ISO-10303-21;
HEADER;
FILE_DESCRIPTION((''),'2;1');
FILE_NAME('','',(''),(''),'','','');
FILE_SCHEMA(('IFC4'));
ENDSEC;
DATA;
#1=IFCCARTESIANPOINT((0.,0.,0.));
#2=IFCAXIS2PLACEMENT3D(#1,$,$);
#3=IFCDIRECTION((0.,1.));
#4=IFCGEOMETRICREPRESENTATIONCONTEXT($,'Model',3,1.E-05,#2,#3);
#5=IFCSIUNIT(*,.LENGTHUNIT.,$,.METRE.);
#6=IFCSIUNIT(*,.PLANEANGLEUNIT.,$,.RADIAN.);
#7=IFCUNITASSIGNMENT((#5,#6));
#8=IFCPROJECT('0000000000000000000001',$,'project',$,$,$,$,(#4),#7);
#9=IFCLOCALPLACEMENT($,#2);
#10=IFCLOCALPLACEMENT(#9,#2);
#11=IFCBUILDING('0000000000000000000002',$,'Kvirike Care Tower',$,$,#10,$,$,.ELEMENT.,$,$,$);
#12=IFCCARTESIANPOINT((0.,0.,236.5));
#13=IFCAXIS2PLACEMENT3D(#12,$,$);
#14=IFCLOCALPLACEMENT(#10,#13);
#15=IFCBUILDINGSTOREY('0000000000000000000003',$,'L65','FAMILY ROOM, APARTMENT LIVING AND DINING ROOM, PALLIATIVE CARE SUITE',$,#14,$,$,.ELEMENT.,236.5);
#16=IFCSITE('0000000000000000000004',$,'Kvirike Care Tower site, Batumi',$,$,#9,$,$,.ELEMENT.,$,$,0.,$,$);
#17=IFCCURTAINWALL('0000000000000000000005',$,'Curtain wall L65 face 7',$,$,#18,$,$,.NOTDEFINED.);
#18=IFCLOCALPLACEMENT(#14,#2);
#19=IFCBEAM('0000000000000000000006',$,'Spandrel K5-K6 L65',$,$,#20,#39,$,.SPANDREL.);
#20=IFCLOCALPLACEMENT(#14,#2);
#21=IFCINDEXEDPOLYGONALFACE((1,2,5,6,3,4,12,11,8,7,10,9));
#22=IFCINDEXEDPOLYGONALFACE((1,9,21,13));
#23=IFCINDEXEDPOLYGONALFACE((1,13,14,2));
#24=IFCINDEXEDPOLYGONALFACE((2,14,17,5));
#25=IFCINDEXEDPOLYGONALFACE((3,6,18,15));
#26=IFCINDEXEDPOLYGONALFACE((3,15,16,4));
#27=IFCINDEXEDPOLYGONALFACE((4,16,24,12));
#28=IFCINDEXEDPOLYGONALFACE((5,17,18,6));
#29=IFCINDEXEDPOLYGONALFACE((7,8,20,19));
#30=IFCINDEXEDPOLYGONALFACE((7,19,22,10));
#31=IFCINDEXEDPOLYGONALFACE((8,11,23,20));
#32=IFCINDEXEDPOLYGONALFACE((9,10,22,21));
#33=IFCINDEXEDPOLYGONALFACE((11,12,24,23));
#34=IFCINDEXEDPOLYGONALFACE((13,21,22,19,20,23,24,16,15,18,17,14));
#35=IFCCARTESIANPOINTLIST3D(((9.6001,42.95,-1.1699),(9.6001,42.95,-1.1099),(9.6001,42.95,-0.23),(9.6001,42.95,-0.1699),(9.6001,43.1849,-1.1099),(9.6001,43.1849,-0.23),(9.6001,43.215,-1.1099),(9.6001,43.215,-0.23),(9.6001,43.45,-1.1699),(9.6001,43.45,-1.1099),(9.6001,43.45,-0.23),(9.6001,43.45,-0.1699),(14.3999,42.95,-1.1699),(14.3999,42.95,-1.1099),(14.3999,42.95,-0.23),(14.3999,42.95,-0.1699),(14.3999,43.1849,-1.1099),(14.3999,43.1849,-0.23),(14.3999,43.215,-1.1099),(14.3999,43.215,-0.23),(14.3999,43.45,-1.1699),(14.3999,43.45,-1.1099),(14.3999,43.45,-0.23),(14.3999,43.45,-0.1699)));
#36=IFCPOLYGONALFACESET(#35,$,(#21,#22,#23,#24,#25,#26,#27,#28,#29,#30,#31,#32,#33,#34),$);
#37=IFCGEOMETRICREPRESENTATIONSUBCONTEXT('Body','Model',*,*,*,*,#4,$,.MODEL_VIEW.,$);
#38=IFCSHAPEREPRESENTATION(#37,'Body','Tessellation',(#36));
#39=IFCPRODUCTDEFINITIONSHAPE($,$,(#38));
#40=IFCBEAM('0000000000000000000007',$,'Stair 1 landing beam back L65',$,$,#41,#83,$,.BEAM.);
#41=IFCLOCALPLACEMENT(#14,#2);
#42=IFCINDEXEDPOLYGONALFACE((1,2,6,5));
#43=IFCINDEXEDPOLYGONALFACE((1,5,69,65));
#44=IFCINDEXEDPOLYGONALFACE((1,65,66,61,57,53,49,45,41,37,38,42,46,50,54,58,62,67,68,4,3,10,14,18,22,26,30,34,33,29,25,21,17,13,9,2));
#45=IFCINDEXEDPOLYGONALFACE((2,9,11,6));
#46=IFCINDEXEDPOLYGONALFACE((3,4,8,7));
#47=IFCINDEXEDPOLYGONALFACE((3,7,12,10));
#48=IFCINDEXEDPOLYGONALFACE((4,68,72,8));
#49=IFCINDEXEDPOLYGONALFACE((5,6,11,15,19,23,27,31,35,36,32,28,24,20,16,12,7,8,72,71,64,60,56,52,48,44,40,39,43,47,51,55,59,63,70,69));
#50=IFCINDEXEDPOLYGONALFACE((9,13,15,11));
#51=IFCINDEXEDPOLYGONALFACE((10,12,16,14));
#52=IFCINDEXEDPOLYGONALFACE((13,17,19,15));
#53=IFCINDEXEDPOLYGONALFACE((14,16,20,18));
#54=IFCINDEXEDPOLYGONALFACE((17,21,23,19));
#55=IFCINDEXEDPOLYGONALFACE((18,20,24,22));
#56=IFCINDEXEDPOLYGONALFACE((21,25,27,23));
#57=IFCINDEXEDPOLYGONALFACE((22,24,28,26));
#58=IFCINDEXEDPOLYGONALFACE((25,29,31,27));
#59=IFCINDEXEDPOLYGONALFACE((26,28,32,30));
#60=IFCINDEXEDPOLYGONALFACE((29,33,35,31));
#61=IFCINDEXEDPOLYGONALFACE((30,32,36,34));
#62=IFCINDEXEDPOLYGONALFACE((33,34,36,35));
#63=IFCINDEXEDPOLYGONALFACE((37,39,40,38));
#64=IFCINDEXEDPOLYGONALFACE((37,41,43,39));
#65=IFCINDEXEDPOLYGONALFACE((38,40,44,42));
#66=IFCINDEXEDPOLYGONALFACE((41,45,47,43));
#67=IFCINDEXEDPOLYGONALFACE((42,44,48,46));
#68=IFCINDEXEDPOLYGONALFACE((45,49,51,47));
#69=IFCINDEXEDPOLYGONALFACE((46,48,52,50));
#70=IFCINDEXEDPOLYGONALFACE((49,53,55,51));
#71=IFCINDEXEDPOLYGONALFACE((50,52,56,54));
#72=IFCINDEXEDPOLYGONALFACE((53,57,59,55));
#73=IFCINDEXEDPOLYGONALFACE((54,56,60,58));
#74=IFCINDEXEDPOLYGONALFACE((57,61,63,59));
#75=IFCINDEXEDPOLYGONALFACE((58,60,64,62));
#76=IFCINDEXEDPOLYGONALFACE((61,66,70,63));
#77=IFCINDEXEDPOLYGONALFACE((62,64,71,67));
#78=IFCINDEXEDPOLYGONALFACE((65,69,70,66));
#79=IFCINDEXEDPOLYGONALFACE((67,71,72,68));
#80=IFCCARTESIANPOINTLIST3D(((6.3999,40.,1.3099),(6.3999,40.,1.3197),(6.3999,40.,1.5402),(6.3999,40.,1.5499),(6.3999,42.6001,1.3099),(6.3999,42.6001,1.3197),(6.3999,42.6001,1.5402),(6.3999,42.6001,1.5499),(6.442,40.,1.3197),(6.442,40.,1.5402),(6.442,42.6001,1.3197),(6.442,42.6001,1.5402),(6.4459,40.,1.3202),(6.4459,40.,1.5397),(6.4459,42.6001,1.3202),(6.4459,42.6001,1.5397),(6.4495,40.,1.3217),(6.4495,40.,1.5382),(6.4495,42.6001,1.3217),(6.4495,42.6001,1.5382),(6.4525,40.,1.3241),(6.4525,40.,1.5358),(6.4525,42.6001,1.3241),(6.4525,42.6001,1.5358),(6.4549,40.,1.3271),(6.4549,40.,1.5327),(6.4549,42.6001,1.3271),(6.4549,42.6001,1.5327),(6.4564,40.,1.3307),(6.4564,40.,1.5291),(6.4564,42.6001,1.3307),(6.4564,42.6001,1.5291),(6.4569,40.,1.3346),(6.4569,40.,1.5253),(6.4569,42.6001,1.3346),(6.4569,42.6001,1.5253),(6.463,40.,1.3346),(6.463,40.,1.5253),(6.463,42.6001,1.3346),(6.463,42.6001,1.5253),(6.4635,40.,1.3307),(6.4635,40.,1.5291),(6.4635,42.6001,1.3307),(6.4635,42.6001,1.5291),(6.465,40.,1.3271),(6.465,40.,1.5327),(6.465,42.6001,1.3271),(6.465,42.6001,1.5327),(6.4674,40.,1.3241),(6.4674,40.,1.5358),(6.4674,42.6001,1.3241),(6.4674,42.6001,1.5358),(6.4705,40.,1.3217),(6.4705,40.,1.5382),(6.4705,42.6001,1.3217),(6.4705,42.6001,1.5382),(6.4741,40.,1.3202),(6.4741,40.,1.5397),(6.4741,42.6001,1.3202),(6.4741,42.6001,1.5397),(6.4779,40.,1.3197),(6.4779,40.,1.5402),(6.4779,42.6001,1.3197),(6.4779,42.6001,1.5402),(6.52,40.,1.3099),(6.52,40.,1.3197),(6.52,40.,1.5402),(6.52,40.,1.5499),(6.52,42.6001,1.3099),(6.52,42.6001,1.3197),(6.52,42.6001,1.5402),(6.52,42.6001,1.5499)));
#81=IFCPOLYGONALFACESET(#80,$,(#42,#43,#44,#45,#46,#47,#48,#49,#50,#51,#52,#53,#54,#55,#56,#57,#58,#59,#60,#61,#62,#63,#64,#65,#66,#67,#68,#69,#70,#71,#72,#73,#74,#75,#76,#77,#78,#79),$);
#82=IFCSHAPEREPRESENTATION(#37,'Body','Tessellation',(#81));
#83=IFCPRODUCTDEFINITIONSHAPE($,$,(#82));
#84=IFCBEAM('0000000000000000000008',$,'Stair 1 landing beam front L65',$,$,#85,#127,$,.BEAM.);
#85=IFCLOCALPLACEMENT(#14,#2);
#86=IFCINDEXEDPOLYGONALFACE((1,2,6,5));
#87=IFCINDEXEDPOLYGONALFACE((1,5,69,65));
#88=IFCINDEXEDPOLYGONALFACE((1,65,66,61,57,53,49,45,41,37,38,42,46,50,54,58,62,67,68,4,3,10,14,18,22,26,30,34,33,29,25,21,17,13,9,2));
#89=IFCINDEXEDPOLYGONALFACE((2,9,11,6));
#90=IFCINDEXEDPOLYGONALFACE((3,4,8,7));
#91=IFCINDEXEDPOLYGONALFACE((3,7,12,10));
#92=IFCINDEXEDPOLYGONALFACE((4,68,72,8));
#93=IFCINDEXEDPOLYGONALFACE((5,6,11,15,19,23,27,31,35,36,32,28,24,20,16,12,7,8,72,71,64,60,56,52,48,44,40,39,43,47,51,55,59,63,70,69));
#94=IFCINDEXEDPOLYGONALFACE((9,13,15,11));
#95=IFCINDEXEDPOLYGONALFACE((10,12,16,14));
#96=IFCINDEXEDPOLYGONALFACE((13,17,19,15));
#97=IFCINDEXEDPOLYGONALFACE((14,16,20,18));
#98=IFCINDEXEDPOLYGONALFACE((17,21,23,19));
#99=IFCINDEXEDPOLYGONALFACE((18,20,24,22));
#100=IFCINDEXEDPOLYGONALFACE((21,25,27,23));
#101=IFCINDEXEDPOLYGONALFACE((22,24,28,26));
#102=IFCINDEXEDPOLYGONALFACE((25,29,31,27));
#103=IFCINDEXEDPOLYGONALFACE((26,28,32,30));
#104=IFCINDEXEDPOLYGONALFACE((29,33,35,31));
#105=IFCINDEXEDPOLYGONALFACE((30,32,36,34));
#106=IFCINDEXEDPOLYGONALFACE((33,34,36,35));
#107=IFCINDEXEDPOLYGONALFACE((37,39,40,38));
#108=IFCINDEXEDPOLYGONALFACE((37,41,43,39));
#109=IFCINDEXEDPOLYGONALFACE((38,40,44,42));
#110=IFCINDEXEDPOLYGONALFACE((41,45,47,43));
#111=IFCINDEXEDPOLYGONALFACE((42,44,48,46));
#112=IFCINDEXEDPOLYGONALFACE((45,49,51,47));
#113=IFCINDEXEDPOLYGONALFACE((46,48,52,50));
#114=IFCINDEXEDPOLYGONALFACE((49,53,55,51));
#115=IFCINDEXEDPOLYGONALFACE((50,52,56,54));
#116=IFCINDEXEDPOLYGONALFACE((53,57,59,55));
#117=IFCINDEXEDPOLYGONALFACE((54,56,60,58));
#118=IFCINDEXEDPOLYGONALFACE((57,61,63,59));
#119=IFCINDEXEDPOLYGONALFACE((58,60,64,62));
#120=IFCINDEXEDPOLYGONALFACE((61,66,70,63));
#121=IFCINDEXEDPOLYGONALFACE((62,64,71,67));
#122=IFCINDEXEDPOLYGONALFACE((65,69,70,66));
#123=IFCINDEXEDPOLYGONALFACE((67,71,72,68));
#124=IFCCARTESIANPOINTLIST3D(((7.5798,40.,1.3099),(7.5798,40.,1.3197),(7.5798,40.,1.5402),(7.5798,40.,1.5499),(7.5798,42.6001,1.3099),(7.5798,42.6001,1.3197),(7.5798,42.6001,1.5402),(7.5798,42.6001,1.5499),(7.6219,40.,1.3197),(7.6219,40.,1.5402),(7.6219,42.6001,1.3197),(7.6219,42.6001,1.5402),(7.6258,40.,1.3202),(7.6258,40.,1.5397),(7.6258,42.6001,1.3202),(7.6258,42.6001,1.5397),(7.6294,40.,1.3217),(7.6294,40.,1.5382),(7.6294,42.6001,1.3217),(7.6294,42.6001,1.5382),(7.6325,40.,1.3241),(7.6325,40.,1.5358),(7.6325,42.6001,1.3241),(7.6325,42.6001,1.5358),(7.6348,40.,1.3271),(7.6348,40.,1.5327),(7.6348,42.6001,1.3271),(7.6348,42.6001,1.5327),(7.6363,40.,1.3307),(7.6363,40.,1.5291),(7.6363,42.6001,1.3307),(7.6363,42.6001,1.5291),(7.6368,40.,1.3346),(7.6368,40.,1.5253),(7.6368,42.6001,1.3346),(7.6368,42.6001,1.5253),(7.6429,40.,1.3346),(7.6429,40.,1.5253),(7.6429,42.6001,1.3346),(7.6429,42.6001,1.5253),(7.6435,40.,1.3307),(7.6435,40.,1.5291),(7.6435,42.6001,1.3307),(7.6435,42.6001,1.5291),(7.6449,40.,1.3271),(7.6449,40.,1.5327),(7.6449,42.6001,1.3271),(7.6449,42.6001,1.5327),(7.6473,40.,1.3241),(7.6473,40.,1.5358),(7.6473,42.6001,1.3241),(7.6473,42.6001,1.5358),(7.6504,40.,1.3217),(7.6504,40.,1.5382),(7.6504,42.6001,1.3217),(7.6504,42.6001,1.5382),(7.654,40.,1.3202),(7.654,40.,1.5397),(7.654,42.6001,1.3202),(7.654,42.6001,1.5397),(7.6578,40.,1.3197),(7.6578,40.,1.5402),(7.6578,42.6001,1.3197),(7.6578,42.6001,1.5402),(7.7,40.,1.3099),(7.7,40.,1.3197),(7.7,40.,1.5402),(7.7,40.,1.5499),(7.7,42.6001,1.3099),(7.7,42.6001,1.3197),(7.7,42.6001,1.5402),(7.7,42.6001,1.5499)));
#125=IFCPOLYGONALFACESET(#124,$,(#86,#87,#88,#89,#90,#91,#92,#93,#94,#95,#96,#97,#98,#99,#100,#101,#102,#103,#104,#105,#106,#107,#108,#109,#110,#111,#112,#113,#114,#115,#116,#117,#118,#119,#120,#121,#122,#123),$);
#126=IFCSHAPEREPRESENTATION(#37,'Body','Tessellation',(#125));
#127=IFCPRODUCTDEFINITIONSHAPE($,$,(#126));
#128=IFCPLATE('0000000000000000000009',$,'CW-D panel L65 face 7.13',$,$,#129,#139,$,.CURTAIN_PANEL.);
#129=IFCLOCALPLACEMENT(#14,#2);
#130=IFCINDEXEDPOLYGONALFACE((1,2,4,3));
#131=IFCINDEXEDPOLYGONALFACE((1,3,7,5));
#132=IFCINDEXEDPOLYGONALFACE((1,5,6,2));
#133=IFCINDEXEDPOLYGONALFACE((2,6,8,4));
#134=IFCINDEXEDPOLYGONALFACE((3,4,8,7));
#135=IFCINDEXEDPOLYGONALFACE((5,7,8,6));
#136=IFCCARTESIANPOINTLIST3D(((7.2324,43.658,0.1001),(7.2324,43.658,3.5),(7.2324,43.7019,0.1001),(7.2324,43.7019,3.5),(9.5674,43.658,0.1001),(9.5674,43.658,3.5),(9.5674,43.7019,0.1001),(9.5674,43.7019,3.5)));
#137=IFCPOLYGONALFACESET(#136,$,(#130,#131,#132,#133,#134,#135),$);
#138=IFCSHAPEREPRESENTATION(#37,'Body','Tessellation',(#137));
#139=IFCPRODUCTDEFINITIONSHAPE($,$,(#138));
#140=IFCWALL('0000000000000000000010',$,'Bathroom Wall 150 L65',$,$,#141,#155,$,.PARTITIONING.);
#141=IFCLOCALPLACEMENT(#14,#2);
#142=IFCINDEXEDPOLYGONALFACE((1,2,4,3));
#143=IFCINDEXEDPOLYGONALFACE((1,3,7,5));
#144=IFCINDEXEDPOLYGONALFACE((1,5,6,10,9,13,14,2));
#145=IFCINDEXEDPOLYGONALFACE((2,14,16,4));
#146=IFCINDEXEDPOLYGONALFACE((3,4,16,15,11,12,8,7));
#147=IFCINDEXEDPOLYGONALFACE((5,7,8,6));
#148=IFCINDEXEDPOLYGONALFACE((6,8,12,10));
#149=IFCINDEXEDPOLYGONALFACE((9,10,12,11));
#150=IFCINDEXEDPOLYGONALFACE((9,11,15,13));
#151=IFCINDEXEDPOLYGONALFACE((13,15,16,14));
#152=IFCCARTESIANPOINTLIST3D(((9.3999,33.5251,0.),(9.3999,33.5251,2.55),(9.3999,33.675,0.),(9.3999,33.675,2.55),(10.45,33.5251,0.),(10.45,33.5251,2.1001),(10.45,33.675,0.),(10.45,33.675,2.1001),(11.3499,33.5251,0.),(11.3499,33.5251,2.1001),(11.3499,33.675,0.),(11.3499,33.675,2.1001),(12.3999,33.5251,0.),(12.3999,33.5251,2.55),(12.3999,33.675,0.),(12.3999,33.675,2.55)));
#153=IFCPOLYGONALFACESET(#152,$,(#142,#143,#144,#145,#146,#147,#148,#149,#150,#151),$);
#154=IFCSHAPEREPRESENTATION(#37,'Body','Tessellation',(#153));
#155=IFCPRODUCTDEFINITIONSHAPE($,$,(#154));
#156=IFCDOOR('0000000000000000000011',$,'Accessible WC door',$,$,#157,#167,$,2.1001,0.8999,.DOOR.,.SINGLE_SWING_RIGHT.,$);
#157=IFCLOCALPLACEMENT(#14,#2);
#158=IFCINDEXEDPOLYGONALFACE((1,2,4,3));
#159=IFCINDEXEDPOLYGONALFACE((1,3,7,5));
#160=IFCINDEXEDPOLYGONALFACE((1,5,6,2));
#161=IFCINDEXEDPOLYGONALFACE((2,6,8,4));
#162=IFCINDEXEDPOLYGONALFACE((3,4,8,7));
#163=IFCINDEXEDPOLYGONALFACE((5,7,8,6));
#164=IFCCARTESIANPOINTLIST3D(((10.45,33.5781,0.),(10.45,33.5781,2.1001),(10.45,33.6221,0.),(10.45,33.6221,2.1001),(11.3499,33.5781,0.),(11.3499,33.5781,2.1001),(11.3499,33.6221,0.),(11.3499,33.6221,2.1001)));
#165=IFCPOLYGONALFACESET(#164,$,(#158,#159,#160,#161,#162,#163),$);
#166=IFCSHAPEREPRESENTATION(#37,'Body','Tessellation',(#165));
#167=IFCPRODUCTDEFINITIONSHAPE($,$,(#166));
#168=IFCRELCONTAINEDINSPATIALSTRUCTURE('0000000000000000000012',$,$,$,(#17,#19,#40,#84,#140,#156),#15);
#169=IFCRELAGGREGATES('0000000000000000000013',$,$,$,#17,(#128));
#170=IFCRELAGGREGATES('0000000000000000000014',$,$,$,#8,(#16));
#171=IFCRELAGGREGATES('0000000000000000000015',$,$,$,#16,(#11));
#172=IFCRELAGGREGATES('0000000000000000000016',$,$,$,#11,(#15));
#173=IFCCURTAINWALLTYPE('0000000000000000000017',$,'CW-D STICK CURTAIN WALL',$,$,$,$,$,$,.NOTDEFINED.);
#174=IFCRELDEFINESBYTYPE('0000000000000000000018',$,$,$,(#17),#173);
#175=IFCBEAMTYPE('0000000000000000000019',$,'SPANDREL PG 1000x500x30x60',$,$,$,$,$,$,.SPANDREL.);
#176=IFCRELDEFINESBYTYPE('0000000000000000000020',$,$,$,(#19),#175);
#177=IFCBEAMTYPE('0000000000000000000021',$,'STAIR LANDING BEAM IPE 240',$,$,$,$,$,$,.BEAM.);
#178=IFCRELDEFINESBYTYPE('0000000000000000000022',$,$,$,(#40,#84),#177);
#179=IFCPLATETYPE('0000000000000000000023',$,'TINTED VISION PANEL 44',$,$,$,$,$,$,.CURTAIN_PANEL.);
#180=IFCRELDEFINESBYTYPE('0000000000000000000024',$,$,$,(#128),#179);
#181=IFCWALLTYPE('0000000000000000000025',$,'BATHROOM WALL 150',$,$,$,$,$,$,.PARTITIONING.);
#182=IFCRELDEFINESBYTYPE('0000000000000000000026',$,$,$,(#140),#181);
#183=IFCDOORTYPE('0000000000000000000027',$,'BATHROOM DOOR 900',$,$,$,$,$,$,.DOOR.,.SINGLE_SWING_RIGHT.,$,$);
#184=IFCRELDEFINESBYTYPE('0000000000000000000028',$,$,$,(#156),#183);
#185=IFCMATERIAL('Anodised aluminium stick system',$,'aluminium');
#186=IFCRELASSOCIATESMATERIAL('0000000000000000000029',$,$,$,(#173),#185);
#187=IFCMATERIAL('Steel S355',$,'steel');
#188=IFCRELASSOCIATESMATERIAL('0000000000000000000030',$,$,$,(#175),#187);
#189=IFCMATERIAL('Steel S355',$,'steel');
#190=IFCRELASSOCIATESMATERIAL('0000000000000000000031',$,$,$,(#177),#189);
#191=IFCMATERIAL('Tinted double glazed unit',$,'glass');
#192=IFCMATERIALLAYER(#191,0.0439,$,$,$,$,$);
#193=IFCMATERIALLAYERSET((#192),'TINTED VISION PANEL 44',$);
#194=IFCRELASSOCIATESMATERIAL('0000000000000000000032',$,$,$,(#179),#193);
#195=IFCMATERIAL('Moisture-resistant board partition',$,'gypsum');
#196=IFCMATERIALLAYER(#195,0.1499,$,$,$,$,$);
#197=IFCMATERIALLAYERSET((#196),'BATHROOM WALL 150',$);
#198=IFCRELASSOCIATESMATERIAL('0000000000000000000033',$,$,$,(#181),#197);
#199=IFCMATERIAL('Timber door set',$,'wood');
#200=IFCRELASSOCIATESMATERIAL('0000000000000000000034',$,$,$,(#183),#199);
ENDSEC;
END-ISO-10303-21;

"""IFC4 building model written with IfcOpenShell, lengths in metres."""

from ifc_helpers import new_model, si_unit, direction, frame, frame_2d, origin, origin_2d, place, context, subcontext, project, spatial, rectangle, i_section, extrude, material, layer, layer_set, material_profile, profile_set, type_object, element, fill, aggregate, save


model = new_model("IFC4")

# Units and contexts
model_context = context("Model", 3, precision=1e-05, world=origin(), true_north=direction((0.0, 1.0)))
body_context = subcontext(model_context, "Body", "Model", "MODEL_VIEW")
ifc_project = project(units=[si_unit("LENGTHUNIT", "METRE"), si_unit("PLANEANGLEUNIT", "RADIAN")], contexts=[model_context])

# Site, building, storey
site_placement = place(None, origin())
site = spatial("IfcSite", under=ifc_project, at=site_placement, Name="Kvirike Care Tower site, Batumi", CompositionType="ELEMENT", RefElevation=0.0)
building_placement = place(site_placement, origin())
building = spatial("IfcBuilding", under=site, at=building_placement, Name="Kvirike Care Tower", CompositionType="ELEMENT")
storey_placement = place(building_placement, frame((0.0, 0.0, 236.5)))
storey = spatial("IfcBuildingStorey", under=building, at=storey_placement, Name="L65", Description="FAMILY ROOM, APARTMENT LIVING AND DINING ROOM, PALLIATIVE CARE SUITE", CompositionType="ELEMENT", Elevation=236.5)

# Curtain wall
ifc_material_1 = material(Name="Anodised aluminium stick system", Category="aluminium")
curtain_wall_type = type_object("IfcCurtainWallType", Name="CW-D STICK CURTAIN WALL", PredefinedType="NOTDEFINED", material=ifc_material_1)
curtain_wall_placement = place(storey_placement, origin())
curtain_wall = element("IfcCurtainWall", 1, at=curtain_wall_placement, inside=storey, type_object=curtain_wall_type, Name="Curtain wall L65 face 7", PredefinedType="NOTDEFINED")

# Beams
ifc_material_2 = material(Name="Steel S355", Category="steel")
ifc_material_profile_1 = material_profile(ifc_material_2, i_section(OverallWidth=0.5, OverallDepth=1.0, WebThickness=0.03, FlangeThickness=0.0601, at=origin_2d()), Name="PG 1000x500x30x60")
ifc_profile_set_1 = profile_set([ifc_material_profile_1], Name="Steel S355")
beam_type_1 = type_object("IfcBeamType", Name="SPANDREL PG 1000x500x30x60", PredefinedType="SPANDREL", material=ifc_profile_set_1)
beam_placement = place(storey_placement, frame((9.6001, 43.2, -0.6699), z_axis=(1.0, 0.0, 0.0), x_axis=(0.0, 1.0, 0.0)))
element("IfcBeam", 2, at=beam_placement, inside=storey, type_object=beam_type_1, Name="Spandrel K5-K6 L65", PredefinedType="SPANDREL", context=body_context, shape_type="SweptSolid", body=[
    extrude(i_section(OverallWidth=0.5, OverallDepth=1.0, WebThickness=0.03, FlangeThickness=0.0601, at=origin_2d()), origin(), (0.0, 0.0, 1.0), 4.7998),
])
ifc_material_3 = material(Name="Steel S355", Category="steel")
ifc_material_profile_2 = material_profile(ifc_material_3, i_section(OverallWidth=0.1201, OverallDepth=0.24, WebThickness=0.0061, FlangeThickness=0.0098, FilletRadius=0.0149, at=origin_2d()), Name="IPE 240")
ifc_profile_set_2 = profile_set([ifc_material_profile_2], Name="Steel S355")
beam_type_2 = type_object("IfcBeamType", Name="STAIR LANDING BEAM IPE 240", PredefinedType="BEAM", material=ifc_profile_set_2)
for number, where, z_axis, x_axis, name in (
    (3, (6.46, 42.6001, 1.4299), (0.0, -1.0, 0.0), (1.0, 0.0, 0.0), "Stair 1 landing beam back L65"),
    (4, (7.6399, 42.6001, 1.4299), (0.0, -1.0, 0.0), (1.0, 0.0, 0.0), "Stair 1 landing beam front L65"),
):
    element("IfcBeam", number, at=place(storey_placement, frame(where, z_axis=z_axis, x_axis=x_axis)), inside=storey, type_object=beam_type_2, Name=name, PredefinedType="BEAM", context=body_context, shape_type="SweptSolid", body=[
        extrude(i_section(OverallWidth=0.1201, OverallDepth=0.24, WebThickness=0.0061, FlangeThickness=0.0098, FilletRadius=0.0149, at=origin_2d()), origin(), (0.0, 0.0, 1.0), 2.6001),
    ])

# Plate
ifc_material_4 = material(Name="Tinted double glazed unit", Category="glass")
ifc_layer_1 = layer(ifc_material_4, 0.0439)
ifc_layer_set_1 = layer_set([ifc_layer_1], Name="TINTED VISION PANEL 44")
plate_type = type_object("IfcPlateType", Name="TINTED VISION PANEL 44", PredefinedType="CURTAIN_PANEL", material=ifc_layer_set_1)
plate_placement = place(storey_placement, frame((8.3999, 43.6799, 0.1001), z_axis=(0.0, 0.0, 1.0), x_axis=(-1.0, 0.0, 0.0)))
plate = element("IfcPlate", 5, at=plate_placement, type_object=plate_type, Name="CW-D panel L65 face 7.13", PredefinedType="CURTAIN_PANEL", context=body_context, shape_type="SweptSolid", body=[
    extrude(rectangle(XDim=2.335, YDim=0.0439, at=origin_2d()), origin(), (0.0, 0.0, 1.0), 3.3999),
])
aggregate(curtain_wall, [plate])

# Wall, opening, door
ifc_material_5 = material(Name="Moisture-resistant board partition", Category="gypsum")
ifc_layer_2 = layer(ifc_material_5, 0.1499)
ifc_layer_set_2 = layer_set([ifc_layer_2], Name="BATHROOM WALL 150")
wall_type_1 = type_object("IfcWallType", Name="BATHROOM WALL 150", PredefinedType="PARTITIONING", material=ifc_layer_set_2)
wall_1_placement = place(storey_placement, frame((9.3999, 33.6001, 0.0), z_axis=(0.0, 0.0, 1.0), x_axis=(1.0, 0.0, 0.0)))
wall_1 = element("IfcWall", 6, at=wall_1_placement, inside=storey, type_object=wall_type_1, Name="Bathroom Wall 150 L65", PredefinedType="PARTITIONING", context=body_context, shape_type="SweptSolid", body=[
    extrude(rectangle(XDim=3.0, YDim=0.1499, at=frame_2d((1.5, 0.0))), origin(), (0.0, 0.0, 1.0), 2.55),
])
opening_1_placement = place(wall_1_placement, frame((1.05, 0.0, 0.0)))
opening_1 = element("IfcOpeningElement", 7, at=opening_1_placement, cuts=wall_1, PredefinedType="OPENING", context=body_context, shape_type="SweptSolid", body=[
    extrude(rectangle(XDim=0.8999, YDim=2.1001, at=frame_2d((0.45, 1.05))), frame((0.0, 0.0854, 0.0), z_axis=(0.0, -1.0, 0.0), x_axis=(1.0, 0.0, 0.0)), (0.0, 0.0, 1.0), 0.1709),
])
ifc_material_6 = material(Name="Timber door set", Category="wood")
door_type_1 = type_object("IfcDoorType", Name="BATHROOM DOOR 900", OperationType="SINGLE_SWING_RIGHT", PredefinedType="DOOR", material=ifc_material_6)
door_1_placement = place(opening_1_placement, frame((0.8999, 0.0, 0.0), z_axis=(0.0, 0.0, 1.0), x_axis=(-1.0, 0.0, 0.0)))
door_1 = element("IfcDoor", 8, at=door_1_placement, inside=storey, type_object=door_type_1, Name="Accessible WC door", OperationType="SINGLE_SWING_RIGHT", OverallHeight=2.1001, OverallWidth=0.8999, PredefinedType="DOOR", context=body_context, shape_type="SweptSolid", body=[
    extrude(rectangle(XDim=0.8999, YDim=2.1001, at=frame_2d((0.45, 1.05))), frame((0.0, 0.022, 0.0), z_axis=(0.0, -1.0, 0.0), x_axis=(1.0, 0.0, 0.0)), (0.0, 0.0, 1.0), 0.0439),
])
fill(opening_1, door_1)

save(model, "model.ifc")
